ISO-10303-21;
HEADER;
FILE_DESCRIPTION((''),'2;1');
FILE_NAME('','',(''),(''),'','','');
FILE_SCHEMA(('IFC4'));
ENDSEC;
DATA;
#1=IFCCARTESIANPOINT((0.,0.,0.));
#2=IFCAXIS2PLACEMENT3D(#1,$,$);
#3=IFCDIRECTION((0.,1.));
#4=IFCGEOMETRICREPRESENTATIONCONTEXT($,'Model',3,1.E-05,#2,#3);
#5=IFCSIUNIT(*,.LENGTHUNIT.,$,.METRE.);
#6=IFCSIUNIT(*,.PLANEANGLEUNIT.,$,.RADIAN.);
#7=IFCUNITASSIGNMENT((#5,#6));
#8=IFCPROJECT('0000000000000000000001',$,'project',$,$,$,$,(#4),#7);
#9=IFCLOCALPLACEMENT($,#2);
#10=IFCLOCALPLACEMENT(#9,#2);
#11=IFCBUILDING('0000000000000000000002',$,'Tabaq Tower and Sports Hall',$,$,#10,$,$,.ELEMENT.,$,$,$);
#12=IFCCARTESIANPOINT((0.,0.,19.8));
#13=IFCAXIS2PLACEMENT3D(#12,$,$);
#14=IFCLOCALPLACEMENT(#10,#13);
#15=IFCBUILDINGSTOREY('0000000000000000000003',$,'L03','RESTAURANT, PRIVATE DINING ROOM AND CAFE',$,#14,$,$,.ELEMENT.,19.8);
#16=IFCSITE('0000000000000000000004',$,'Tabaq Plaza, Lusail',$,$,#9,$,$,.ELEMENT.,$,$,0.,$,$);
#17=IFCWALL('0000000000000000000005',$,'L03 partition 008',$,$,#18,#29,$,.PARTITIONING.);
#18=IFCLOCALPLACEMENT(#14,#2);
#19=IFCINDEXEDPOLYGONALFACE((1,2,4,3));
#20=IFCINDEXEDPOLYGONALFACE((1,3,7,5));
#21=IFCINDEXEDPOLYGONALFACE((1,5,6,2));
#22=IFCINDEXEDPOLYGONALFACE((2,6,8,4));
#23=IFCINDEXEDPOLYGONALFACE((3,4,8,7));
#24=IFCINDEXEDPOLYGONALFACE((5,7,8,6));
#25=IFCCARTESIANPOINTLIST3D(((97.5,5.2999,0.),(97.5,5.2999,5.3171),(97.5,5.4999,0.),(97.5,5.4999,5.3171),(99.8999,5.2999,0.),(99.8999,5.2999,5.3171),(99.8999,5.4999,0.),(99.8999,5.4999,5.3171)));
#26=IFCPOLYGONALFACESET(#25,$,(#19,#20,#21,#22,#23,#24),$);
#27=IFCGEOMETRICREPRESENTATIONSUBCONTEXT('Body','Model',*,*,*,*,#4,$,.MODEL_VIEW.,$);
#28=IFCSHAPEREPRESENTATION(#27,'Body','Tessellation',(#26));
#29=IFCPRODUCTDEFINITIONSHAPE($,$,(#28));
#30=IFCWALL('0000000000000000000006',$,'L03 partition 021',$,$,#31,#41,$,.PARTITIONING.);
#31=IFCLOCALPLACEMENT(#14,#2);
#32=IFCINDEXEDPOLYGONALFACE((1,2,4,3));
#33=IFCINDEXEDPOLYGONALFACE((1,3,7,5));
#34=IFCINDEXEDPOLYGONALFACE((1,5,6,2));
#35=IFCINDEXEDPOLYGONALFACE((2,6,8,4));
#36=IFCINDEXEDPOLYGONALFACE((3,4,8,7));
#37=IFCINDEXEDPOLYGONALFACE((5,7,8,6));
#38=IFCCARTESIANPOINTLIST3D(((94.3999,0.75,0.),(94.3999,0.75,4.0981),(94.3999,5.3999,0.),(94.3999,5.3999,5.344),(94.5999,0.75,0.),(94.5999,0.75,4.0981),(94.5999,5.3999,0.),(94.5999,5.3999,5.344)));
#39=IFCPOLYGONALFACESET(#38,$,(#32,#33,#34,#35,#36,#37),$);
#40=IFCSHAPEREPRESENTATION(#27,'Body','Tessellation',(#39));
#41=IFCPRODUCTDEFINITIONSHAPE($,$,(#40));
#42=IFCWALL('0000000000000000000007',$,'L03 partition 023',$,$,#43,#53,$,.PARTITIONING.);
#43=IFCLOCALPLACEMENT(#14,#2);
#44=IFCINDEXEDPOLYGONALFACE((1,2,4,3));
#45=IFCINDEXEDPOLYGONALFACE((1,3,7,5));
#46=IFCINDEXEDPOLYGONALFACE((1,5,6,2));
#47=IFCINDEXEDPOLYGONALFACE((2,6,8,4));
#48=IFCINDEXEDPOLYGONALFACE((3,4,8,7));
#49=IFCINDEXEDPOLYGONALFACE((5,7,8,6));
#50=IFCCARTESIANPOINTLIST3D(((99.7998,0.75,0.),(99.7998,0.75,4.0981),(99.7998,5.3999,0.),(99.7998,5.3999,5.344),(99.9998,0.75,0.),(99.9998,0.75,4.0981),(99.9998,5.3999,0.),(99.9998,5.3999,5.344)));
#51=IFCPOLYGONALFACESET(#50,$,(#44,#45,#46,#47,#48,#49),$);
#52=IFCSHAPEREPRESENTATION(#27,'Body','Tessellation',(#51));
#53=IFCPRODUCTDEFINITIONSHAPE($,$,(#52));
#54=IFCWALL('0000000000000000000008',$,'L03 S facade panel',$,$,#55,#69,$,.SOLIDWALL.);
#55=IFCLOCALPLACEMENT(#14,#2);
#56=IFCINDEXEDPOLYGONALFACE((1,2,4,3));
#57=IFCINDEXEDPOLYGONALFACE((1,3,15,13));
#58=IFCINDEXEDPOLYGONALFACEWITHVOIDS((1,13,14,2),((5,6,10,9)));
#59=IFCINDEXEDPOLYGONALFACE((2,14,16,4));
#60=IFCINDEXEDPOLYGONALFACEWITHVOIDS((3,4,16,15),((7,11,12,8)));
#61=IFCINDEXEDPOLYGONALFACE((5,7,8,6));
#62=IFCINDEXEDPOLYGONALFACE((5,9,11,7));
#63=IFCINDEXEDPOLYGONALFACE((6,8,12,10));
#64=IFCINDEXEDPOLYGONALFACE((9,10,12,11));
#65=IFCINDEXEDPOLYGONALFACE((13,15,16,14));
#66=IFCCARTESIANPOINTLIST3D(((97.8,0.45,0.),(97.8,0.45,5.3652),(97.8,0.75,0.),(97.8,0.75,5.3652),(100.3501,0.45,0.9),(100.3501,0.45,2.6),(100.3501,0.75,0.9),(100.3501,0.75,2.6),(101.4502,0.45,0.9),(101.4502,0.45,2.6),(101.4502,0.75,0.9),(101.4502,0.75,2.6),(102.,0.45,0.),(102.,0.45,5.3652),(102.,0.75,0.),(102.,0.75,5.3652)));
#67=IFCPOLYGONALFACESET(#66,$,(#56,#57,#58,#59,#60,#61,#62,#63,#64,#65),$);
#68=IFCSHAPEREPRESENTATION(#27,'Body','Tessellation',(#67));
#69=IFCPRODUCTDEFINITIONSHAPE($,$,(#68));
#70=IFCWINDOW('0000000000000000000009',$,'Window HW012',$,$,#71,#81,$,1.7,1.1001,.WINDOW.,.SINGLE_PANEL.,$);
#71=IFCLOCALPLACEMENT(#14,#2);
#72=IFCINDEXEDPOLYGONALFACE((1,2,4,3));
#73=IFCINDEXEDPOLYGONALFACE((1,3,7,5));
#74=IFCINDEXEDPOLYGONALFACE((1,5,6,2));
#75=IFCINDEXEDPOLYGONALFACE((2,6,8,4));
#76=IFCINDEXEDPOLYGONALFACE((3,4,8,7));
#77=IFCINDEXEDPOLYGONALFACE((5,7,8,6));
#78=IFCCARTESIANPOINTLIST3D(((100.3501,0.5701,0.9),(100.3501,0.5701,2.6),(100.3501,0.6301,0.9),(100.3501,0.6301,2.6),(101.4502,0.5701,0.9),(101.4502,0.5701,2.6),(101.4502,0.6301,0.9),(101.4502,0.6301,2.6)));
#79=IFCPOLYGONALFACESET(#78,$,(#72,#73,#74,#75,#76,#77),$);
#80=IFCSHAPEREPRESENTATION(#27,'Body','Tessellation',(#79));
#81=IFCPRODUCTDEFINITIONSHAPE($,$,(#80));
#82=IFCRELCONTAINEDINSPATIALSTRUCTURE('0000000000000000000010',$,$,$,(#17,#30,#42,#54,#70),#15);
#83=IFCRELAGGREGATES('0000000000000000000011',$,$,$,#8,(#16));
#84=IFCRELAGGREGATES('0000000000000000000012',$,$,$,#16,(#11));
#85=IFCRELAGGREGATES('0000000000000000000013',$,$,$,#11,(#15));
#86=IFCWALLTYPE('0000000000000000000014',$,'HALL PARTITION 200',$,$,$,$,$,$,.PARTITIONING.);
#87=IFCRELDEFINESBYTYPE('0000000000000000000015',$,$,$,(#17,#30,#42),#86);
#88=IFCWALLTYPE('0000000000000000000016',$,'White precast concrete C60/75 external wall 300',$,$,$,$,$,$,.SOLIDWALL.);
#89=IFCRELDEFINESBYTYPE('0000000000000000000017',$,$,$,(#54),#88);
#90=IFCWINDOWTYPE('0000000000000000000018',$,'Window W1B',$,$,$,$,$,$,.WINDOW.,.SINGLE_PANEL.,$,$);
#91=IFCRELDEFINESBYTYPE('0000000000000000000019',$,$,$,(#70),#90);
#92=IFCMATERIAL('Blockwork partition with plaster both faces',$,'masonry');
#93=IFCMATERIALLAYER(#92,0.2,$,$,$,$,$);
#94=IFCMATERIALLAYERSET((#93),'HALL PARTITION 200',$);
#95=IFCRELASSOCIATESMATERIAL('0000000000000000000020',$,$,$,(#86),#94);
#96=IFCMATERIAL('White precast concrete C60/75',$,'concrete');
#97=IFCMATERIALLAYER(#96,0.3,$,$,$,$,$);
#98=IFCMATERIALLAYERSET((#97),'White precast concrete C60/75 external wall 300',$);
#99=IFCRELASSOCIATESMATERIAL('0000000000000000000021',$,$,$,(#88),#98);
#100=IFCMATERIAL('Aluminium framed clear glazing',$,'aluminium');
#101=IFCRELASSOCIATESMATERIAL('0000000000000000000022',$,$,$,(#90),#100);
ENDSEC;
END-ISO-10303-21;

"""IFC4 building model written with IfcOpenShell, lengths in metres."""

from ifc_helpers import new_model, si_unit, direction, frame, frame_2d, origin, place, context, subcontext, project, spatial, polyline, rectangle, outline, extrude, material, layer, layer_set, type_object, element, fill, save


model = new_model("IFC4")

# Units and contexts
model_context = context("Model", 3, precision=1e-05, world=origin(), true_north=direction((0.0, 1.0)))
body_context = subcontext(model_context, "Body", "Model", "MODEL_VIEW")
ifc_project = project(units=[si_unit("LENGTHUNIT", "METRE"), si_unit("PLANEANGLEUNIT", "RADIAN")], contexts=[model_context])

# Site, building, storey
site_placement = place(None, origin())
site = spatial("IfcSite", under=ifc_project, at=site_placement, Name="Tabaq Plaza, Lusail", CompositionType="ELEMENT", RefElevation=0.0)
building_placement = place(site_placement, origin())
building = spatial("IfcBuilding", under=site, at=building_placement, Name="Tabaq Tower and Sports Hall", CompositionType="ELEMENT")
storey_placement = place(building_placement, frame((0.0, 0.0, 19.8)))
storey = spatial("IfcBuildingStorey", under=building, at=storey_placement, Name="L03", Description="RESTAURANT, PRIVATE DINING ROOM AND CAFE", CompositionType="ELEMENT", Elevation=19.8)

# Shared definitions
ifc_material_1 = material(Name="Blockwork partition with plaster both faces", Category="masonry")
ifc_layer_1 = layer(ifc_material_1, 0.2)
ifc_layer_set_1 = layer_set([ifc_layer_1], Name="HALL PARTITION 200")
wall_type_1 = type_object("IfcWallType", Name="HALL PARTITION 200", PredefinedType="PARTITIONING", material=ifc_layer_set_1)

# Wall
wall_1_placement = place(storey_placement, frame((97.5, 5.3999, 0.0), z_axis=(0.0, 0.0, 1.0), x_axis=(1.0, 0.0, 0.0)))
element("IfcWall", 1, at=wall_1_placement, inside=storey, type_object=wall_type_1, Name="L03 partition 008", PredefinedType="PARTITIONING", context=body_context, shape_type="SweptSolid", body=[
    extrude(rectangle(XDim=2.3999, YDim=0.2, at=frame_2d((1.2, 0.0))), origin(), (0.0, 0.0, 1.0), 5.3171),
])

# Walls
for number, where, z_axis, x_axis, name in (
    (2, (94.5, 0.75, 0.0), (0.0, 0.0, 1.0), (0.0, 1.0, 0.0), "L03 partition 021"),
    (3, (99.8999, 0.75, 0.0), (0.0, 0.0, 1.0), (0.0, 1.0, 0.0), "L03 partition 023"),
):
    element("IfcWall", number, at=place(storey_placement, frame(where, z_axis=z_axis, x_axis=x_axis)), inside=storey, type_object=wall_type_1, Name=name, PredefinedType="PARTITIONING", context=body_context, shape_type="SweptSolid", body=[
        extrude(outline(polyline([(0.0, 0.0), (4.6499, 0.0), (4.6499, 5.344), (0.0, 4.0981), (0.0, 0.0)])), frame((0.0, 0.1001, 0.0), z_axis=(0.0, -1.0, 0.0), x_axis=(1.0, 0.0, 0.0)), (0.0, 0.0, 1.0), 0.2),
    ])

# Wall, opening, window
ifc_material_2 = material(Name="White precast concrete C60/75", Category="concrete")
ifc_layer_2 = layer(ifc_material_2, 0.3)
ifc_layer_set_2 = layer_set([ifc_layer_2], Name="White precast concrete C60/75 external wall 300")
wall_type_2 = type_object("IfcWallType", Name="White precast concrete C60/75 external wall 300", PredefinedType="SOLIDWALL", material=ifc_layer_set_2)
wall_2_placement = place(storey_placement, frame((97.8, 0.6001, 0.0), z_axis=(0.0, 0.0, 1.0), x_axis=(1.0, 0.0, 0.0)))
wall_2 = element("IfcWall", 4, at=wall_2_placement, inside=storey, type_object=wall_type_2, Name="L03 S facade panel", PredefinedType="SOLIDWALL", context=body_context, shape_type="SweptSolid", body=[
    extrude(outline(polyline([(0.0, 0.0), (4.2, 0.0), (4.2, 5.3652), (0.0, 5.3652), (0.0, 0.0)])), frame((0.0, 0.1499, 0.0), z_axis=(0.0, -1.0, 0.0), x_axis=(1.0, 0.0, 0.0)), (0.0, 0.0, 1.0), 0.3),
])
opening_1_placement = place(wall_2_placement, frame((2.55, 0.0, 0.8999)))
opening_1 = element("IfcOpeningElement", 5, at=opening_1_placement, cuts=wall_2, PredefinedType="OPENING", context=body_context, shape_type="SweptSolid", body=[
    extrude(rectangle(XDim=1.1001, YDim=1.7, at=frame_2d((0.55, 0.8501))), frame((0.0, 0.1499, 0.0), z_axis=(0.0, -1.0, 0.0), x_axis=(1.0, 0.0, 0.0)), (0.0, 0.0, 1.0), 0.3),
])
ifc_material_3 = material(Name="Aluminium framed clear glazing", Category="aluminium")
window_type = type_object("IfcWindowType", Name="Window W1B", PartitioningType="SINGLE_PANEL", PredefinedType="WINDOW", material=ifc_material_3)
window_placement = place(opening_1_placement, origin())
window = element("IfcWindow", 6, at=window_placement, inside=storey, type_object=window_type, Name="Window HW012", OverallHeight=1.7, OverallWidth=1.1001, PartitioningType="SINGLE_PANEL", PredefinedType="WINDOW", context=body_context, shape_type="SweptSolid", body=[
    extrude(rectangle(XDim=1.1001, YDim=1.7, at=frame_2d((0.55, 0.8501))), frame((0.0, 0.03, 0.0), z_axis=(0.0, -1.0, 0.0), x_axis=(1.0, 0.0, 0.0)), (0.0, 0.0, 1.0), 0.0601),
])
fill(opening_1, window)

save(model, "model.ifc")
